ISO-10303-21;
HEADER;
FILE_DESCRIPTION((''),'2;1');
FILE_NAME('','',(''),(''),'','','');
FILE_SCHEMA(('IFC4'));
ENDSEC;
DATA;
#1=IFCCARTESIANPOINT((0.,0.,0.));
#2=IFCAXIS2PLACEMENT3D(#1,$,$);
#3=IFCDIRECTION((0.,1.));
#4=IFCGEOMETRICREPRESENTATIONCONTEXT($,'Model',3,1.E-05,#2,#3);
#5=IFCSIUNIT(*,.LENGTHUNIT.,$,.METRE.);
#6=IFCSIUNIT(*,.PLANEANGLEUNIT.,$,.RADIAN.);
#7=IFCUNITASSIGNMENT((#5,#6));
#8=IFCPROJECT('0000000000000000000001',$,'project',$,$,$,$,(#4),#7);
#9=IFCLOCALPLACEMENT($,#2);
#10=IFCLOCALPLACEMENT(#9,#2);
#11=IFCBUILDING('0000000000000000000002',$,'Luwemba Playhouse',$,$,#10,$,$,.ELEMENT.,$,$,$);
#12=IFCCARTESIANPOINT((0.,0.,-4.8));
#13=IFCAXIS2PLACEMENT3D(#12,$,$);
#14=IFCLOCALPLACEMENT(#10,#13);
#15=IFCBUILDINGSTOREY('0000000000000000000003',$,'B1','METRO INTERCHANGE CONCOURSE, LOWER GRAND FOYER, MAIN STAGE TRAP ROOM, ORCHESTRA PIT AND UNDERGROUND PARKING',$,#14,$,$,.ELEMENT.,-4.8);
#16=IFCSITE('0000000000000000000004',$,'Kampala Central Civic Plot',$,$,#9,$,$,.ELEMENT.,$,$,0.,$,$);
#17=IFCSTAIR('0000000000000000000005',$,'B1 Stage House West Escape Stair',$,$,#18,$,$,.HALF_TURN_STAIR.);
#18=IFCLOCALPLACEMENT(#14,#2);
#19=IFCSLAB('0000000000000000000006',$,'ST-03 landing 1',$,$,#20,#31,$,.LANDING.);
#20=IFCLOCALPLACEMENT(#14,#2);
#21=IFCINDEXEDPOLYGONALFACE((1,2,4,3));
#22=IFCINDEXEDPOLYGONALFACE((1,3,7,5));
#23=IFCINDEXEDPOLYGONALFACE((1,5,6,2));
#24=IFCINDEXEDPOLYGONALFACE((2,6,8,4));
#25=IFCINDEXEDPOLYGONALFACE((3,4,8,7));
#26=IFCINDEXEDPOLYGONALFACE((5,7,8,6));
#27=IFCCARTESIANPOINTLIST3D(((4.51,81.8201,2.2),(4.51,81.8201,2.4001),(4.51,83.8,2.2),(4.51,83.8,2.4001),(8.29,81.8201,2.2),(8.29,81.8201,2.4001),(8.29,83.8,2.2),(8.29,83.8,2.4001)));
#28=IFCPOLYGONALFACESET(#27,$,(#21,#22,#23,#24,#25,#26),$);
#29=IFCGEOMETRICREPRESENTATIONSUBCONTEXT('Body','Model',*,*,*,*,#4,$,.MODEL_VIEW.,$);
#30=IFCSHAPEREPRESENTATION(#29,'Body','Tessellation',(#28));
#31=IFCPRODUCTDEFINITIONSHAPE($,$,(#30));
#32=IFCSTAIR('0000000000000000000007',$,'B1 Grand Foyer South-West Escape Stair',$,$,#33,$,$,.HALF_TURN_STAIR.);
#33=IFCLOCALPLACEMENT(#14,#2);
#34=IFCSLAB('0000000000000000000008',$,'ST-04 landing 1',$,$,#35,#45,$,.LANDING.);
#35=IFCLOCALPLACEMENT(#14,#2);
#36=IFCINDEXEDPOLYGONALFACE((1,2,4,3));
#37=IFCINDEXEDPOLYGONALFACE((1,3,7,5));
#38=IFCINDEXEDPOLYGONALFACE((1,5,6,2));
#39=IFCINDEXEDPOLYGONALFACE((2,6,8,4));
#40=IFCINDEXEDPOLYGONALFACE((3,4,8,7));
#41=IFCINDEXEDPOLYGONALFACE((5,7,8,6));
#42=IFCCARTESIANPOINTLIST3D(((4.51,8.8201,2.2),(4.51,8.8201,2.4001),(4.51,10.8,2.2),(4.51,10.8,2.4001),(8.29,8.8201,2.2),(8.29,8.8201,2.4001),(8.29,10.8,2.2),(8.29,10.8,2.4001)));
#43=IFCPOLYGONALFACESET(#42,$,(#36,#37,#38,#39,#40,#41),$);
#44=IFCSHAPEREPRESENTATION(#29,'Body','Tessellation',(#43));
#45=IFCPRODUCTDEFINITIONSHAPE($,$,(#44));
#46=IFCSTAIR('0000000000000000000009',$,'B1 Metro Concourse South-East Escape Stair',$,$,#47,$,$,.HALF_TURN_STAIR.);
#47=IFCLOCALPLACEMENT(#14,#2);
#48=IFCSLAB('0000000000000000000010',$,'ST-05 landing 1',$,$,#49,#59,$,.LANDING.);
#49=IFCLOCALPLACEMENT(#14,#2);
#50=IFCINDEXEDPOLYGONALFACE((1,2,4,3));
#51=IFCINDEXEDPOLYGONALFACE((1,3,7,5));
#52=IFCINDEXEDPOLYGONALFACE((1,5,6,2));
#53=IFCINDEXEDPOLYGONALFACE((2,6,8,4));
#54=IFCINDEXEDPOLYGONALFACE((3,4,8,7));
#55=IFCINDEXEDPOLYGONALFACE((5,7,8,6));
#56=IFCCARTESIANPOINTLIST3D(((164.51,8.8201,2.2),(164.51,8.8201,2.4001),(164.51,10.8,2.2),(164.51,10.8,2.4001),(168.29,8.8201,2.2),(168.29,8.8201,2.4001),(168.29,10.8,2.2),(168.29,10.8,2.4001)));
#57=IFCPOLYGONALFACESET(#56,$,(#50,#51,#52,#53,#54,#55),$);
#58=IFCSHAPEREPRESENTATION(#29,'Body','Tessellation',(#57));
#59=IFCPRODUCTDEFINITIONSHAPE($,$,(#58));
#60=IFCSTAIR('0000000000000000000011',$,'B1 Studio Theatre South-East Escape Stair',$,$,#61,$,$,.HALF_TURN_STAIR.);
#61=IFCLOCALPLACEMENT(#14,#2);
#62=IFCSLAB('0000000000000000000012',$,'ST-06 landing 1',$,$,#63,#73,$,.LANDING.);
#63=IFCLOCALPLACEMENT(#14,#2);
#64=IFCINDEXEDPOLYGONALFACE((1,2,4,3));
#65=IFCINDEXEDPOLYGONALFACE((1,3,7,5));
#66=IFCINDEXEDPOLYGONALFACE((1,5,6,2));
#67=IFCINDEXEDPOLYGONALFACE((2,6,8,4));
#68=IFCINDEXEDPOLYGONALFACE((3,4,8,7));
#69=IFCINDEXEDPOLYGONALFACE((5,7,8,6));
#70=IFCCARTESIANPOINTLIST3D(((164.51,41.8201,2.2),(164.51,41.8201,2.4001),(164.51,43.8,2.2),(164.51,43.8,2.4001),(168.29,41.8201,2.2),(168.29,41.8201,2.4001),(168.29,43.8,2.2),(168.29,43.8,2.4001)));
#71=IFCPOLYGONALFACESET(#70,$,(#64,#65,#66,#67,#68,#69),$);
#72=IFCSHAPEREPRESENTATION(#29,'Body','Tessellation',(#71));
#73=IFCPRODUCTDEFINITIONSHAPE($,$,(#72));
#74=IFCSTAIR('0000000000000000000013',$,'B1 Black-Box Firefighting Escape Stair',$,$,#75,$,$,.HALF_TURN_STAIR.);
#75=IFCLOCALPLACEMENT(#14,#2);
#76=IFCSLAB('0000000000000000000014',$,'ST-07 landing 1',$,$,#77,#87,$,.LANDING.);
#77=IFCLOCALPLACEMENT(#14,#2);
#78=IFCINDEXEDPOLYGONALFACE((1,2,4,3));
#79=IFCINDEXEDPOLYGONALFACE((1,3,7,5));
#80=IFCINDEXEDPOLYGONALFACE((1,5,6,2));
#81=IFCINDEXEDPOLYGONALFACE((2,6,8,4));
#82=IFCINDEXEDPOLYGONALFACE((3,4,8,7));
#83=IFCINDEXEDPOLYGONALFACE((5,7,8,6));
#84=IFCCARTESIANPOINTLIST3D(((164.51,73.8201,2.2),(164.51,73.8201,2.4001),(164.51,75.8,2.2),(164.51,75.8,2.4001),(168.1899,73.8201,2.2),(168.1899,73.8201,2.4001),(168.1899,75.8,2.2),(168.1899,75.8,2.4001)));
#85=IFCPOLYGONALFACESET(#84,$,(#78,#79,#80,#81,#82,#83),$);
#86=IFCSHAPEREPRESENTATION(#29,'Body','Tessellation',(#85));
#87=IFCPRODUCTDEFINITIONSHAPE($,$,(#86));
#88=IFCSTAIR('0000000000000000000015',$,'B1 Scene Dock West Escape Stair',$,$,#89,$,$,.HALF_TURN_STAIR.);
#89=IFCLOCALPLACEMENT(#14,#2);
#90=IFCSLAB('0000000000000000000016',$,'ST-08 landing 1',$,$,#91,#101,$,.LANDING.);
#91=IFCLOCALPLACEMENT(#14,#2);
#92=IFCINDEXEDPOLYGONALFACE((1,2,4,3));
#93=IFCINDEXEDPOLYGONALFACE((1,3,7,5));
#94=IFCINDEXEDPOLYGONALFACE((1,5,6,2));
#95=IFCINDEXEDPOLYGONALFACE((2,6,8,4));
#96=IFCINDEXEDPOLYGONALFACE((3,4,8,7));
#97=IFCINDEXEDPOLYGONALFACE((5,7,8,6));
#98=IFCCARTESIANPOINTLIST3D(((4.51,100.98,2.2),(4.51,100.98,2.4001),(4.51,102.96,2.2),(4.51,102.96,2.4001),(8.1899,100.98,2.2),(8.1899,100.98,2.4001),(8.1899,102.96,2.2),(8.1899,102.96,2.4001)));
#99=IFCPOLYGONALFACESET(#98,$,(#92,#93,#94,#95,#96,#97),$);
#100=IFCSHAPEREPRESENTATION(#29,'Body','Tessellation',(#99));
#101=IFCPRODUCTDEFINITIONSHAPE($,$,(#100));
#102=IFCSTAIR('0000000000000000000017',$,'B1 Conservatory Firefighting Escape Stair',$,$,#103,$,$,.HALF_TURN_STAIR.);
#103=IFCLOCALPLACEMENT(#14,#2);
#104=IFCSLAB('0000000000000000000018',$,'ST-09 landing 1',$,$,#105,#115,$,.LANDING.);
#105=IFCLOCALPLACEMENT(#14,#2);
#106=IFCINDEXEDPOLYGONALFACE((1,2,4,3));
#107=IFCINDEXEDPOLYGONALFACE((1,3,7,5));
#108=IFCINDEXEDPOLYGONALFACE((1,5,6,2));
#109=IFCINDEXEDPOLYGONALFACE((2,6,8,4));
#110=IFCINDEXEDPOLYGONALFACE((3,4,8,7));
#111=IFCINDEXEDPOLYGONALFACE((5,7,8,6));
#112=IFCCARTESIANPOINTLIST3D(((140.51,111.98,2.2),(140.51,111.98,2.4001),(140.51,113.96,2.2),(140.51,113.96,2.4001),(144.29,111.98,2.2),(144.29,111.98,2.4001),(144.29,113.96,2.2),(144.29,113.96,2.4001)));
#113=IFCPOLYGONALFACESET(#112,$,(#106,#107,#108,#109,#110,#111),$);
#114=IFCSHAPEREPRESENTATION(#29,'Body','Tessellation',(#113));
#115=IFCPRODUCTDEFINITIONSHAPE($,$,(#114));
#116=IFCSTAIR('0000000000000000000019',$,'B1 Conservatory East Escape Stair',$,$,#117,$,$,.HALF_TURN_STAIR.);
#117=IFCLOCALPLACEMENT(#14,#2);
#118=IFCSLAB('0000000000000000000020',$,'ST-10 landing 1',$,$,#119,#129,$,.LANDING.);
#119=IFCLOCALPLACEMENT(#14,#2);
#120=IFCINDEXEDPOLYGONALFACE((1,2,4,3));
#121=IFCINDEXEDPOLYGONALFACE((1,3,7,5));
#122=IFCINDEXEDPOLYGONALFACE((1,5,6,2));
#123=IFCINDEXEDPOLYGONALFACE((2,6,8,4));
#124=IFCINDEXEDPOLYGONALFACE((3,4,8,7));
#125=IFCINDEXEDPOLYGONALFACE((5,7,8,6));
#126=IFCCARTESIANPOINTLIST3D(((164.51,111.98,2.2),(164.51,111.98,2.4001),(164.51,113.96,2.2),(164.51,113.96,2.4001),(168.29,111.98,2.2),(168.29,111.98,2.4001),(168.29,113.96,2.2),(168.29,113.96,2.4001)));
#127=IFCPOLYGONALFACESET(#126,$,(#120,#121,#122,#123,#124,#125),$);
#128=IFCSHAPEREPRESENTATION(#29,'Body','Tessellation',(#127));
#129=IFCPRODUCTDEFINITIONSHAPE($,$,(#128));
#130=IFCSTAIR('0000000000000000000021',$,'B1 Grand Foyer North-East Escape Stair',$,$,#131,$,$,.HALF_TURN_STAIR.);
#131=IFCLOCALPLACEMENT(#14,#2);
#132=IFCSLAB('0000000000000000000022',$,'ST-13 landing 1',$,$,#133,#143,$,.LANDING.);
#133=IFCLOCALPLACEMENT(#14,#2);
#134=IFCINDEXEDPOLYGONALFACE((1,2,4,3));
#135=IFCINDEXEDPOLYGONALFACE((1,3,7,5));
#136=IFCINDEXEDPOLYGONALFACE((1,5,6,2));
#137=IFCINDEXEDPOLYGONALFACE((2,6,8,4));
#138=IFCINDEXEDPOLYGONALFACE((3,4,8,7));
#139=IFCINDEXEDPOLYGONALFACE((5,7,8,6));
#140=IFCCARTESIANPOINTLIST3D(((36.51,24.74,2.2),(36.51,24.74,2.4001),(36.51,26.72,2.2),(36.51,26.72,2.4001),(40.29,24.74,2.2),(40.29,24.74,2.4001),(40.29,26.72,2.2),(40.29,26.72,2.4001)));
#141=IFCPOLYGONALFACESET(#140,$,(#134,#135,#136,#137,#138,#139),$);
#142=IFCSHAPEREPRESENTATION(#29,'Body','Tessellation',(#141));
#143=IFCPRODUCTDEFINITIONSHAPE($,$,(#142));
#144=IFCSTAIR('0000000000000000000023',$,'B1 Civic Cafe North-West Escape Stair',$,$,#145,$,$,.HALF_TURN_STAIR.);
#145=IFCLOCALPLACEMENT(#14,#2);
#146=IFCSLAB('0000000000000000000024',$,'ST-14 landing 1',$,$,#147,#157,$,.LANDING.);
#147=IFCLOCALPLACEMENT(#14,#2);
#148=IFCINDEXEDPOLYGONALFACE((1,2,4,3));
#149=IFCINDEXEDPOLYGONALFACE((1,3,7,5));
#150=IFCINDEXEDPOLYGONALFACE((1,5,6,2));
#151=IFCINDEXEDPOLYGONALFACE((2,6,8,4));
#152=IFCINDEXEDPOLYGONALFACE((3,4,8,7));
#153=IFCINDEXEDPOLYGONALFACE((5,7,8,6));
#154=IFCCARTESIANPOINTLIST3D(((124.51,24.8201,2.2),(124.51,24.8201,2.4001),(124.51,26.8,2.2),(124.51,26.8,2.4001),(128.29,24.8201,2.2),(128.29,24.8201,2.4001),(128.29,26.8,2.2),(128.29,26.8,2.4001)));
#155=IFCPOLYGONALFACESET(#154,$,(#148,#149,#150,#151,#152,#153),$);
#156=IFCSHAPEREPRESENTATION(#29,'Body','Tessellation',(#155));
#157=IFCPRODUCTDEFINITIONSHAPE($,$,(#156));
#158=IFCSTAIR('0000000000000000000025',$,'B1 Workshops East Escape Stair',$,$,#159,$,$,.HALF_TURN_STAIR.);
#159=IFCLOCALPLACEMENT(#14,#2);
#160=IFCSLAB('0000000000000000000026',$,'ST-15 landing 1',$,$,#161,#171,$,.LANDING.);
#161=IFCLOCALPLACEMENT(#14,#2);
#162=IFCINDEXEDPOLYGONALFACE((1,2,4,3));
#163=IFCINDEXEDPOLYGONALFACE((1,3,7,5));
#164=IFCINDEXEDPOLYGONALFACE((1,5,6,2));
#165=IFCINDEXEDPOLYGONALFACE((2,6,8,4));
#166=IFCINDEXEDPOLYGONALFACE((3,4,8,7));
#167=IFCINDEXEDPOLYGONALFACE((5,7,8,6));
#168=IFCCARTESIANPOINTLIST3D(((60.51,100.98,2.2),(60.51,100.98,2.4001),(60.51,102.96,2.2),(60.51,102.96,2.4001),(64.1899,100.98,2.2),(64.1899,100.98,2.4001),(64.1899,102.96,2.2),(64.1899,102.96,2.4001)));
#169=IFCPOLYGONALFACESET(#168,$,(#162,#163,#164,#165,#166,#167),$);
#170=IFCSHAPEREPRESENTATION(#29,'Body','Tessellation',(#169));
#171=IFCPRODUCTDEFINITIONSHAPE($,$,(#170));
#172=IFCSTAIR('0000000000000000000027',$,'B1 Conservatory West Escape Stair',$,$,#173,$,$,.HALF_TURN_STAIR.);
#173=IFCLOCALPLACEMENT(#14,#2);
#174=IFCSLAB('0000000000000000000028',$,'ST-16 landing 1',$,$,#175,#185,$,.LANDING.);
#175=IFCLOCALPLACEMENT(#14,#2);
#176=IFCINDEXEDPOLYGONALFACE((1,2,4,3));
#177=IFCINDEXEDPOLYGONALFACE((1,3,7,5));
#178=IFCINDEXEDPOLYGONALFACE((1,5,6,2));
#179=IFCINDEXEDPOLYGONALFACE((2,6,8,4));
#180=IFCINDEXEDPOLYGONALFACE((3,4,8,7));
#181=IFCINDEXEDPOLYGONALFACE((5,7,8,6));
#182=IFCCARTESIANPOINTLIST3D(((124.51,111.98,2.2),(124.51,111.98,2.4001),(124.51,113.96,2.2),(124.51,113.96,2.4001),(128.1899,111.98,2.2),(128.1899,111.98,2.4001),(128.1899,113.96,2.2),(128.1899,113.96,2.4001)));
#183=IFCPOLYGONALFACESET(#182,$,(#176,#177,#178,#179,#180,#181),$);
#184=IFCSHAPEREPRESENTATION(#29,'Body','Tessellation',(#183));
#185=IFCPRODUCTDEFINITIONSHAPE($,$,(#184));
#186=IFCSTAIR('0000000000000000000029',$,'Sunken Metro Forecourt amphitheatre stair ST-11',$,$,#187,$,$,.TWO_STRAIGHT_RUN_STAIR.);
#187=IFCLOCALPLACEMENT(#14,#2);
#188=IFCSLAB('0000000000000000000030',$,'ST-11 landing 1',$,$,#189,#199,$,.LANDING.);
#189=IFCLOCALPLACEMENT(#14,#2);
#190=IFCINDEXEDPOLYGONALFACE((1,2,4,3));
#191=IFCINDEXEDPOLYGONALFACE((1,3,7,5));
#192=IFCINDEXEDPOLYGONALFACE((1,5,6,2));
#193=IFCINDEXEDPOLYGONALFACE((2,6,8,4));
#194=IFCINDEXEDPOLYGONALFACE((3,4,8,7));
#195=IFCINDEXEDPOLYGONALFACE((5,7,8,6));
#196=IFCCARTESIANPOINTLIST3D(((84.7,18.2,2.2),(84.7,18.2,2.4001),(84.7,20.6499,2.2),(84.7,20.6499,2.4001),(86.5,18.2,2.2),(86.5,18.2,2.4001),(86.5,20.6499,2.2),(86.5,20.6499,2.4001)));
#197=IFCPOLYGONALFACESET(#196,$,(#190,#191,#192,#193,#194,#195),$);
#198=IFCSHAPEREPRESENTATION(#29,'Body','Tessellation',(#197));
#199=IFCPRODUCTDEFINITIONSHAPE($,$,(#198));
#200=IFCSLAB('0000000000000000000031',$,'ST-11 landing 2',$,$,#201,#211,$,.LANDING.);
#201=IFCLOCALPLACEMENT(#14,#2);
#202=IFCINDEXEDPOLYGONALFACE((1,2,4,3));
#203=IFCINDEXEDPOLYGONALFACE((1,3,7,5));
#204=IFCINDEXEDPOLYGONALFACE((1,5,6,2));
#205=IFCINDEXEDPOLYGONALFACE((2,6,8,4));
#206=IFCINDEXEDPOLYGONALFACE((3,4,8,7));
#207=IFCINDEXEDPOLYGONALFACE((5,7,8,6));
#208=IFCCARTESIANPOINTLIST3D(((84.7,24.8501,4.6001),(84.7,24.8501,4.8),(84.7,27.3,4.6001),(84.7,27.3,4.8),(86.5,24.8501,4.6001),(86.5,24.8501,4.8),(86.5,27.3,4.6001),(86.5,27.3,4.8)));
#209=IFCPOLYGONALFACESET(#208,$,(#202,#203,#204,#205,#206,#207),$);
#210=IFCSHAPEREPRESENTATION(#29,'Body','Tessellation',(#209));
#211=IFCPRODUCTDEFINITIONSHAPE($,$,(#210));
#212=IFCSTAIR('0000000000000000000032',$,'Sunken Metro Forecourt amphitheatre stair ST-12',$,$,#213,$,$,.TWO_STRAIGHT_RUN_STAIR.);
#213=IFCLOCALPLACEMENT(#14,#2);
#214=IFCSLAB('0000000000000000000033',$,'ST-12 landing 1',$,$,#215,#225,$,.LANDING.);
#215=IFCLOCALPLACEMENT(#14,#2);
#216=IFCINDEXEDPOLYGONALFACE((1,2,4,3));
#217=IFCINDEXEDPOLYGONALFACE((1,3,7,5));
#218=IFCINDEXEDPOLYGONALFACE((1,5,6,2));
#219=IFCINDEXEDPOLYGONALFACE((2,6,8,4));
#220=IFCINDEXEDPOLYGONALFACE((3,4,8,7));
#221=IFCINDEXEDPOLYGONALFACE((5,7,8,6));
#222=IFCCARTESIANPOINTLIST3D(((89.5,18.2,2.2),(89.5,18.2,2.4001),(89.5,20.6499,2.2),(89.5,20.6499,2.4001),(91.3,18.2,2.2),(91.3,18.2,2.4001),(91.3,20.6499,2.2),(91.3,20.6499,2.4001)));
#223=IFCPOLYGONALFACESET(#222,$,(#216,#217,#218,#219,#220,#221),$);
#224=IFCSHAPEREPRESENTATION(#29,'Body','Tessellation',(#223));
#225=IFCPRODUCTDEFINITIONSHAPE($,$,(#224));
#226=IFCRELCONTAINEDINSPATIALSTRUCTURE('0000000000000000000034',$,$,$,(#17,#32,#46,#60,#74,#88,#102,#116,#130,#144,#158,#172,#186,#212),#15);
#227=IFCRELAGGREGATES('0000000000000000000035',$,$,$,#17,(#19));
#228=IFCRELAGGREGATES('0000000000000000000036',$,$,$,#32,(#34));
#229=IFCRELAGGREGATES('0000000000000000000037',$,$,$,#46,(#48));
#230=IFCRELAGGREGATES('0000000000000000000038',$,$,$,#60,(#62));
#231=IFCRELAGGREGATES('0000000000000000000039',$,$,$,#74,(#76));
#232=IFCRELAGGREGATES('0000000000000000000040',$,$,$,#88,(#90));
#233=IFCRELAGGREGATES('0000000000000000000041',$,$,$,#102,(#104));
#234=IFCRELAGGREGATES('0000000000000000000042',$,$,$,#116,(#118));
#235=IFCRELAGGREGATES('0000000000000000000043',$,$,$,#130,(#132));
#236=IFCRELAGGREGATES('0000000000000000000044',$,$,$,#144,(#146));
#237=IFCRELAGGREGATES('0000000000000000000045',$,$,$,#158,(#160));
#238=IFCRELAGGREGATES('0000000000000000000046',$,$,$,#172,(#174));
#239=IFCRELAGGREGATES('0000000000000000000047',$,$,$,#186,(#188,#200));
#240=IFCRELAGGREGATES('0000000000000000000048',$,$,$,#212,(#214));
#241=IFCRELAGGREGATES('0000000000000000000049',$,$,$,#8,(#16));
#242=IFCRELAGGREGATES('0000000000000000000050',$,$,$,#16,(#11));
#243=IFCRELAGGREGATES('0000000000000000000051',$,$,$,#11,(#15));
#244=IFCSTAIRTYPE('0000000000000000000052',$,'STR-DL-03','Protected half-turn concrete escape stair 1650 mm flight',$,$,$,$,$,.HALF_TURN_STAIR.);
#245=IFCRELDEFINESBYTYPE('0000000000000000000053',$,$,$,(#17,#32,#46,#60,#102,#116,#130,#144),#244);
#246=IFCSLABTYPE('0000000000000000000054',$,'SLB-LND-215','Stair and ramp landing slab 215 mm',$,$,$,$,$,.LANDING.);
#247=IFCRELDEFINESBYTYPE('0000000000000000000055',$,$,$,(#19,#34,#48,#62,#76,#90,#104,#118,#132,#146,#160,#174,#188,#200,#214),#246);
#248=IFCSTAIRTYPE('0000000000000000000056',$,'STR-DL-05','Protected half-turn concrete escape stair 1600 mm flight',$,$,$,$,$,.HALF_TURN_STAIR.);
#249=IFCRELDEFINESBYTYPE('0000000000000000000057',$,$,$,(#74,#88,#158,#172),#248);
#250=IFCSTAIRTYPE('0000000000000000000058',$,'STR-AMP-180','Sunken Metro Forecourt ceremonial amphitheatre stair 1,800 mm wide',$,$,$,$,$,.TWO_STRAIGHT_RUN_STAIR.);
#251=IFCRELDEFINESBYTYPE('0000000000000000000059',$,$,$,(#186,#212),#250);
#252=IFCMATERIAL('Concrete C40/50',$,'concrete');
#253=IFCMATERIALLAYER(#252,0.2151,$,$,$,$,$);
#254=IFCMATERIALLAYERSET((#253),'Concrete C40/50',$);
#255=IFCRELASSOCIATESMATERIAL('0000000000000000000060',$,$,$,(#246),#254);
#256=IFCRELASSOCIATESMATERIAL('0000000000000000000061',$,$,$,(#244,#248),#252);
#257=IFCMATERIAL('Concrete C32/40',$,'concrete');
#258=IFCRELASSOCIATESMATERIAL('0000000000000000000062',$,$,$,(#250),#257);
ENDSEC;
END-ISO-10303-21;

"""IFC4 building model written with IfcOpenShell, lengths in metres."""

from ifc_helpers import new_model, si_unit, direction, frame, origin, place, context, subcontext, project, spatial, polyline, outline, extrude, material, layer, layer_set, type_object, element, aggregate, save


model = new_model("IFC4")

# Units and contexts
model_context = context("Model", 3, precision=1e-05, world=origin(), true_north=direction((0.0, 1.0)))
body_context = subcontext(model_context, "Body", "Model", "MODEL_VIEW")
ifc_project = project(units=[si_unit("LENGTHUNIT", "METRE"), si_unit("PLANEANGLEUNIT", "RADIAN")], contexts=[model_context])

# Site, building, storey
site_placement = place(None, origin())
site = spatial("IfcSite", under=ifc_project, at=site_placement, Name="Kampala Central Civic Plot", CompositionType="ELEMENT", RefElevation=0.0)
building_placement = place(site_placement, origin())
building = spatial("IfcBuilding", under=site, at=building_placement, Name="Luwemba Playhouse", CompositionType="ELEMENT")
storey_placement = place(building_placement, frame((0.0, 0.0, -4.8)))
storey = spatial("IfcBuildingStorey", under=building, at=storey_placement, Name="B1", Description="METRO INTERCHANGE CONCOURSE, LOWER GRAND FOYER, MAIN STAGE TRAP ROOM, ORCHESTRA PIT AND UNDERGROUND PARKING", CompositionType="ELEMENT", Elevation=-4.8)

# Shared definitions
ifc_material_1 = material(Name="Concrete C32/40", Category="concrete")

# Stairs, slabs
ifc_material_2 = material(Name="Concrete C40/50", Category="concrete")
ifc_layer_1 = layer(ifc_material_2, 0.2151)
ifc_layer_set_1 = layer_set([ifc_layer_1], Name="Concrete C40/50")
slab_type_1 = type_object("IfcSlabType", Name="SLB-LND-215", Description="Stair and ramp landing slab 215 mm", PredefinedType="LANDING", material=ifc_layer_set_1)
stair_type_1 = type_object("IfcStairType", Name="STR-DL-03", Description="Protected half-turn concrete escape stair 1650 mm flight", PredefinedType="HALF_TURN_STAIR", material=ifc_material_2)
stair_1_placement = place(storey_placement, origin())
stair_1 = element("IfcStair", 1, at=stair_1_placement, inside=storey, type_object=stair_type_1, Name="B1 Stage House West Escape Stair", PredefinedType="HALF_TURN_STAIR")
slab_1_placement = place(storey_placement, frame((0.0, 0.0, 2.2)))
slab_1 = element("IfcSlab", 2, at=slab_1_placement, type_object=slab_type_1, Name="ST-03 landing 1", PredefinedType="LANDING", context=body_context, shape_type="SweptSolid", body=[
    extrude(outline(polyline([(8.29, 81.8201), (4.51, 81.8201), (4.51, 83.8), (8.29, 83.8), (8.29, 81.8201)])), origin(), (0.0, 0.0, 1.0), 0.2002),
])
aggregate(stair_1, [slab_1])
stair_2_placement = place(storey_placement, origin())
stair_2 = element("IfcStair", 3, at=stair_2_placement, inside=storey, type_object=stair_type_1, Name="B1 Grand Foyer South-West Escape Stair", PredefinedType="HALF_TURN_STAIR")
slab_2_placement = place(storey_placement, frame((0.0, 0.0, 2.2)))
slab_2 = element("IfcSlab", 4, at=slab_2_placement, type_object=slab_type_1, Name="ST-04 landing 1", PredefinedType="LANDING", context=body_context, shape_type="SweptSolid", body=[
    extrude(outline(polyline([(8.29, 8.8201), (4.51, 8.8201), (4.51, 10.8), (8.29, 10.8), (8.29, 8.8201)])), origin(), (0.0, 0.0, 1.0), 0.2002),
])
aggregate(stair_2, [slab_2])
stair_3_placement = place(storey_placement, origin())
stair_3 = element("IfcStair", 5, at=stair_3_placement, inside=storey, type_object=stair_type_1, Name="B1 Metro Concourse South-East Escape Stair", PredefinedType="HALF_TURN_STAIR")
slab_3_placement = place(storey_placement, frame((0.0, 0.0, 2.2)))
slab_3 = element("IfcSlab", 6, at=slab_3_placement, type_object=slab_type_1, Name="ST-05 landing 1", PredefinedType="LANDING", context=body_context, shape_type="SweptSolid", body=[
    extrude(outline(polyline([(168.29, 8.8201), (164.51, 8.8201), (164.51, 10.8), (168.29, 10.8), (168.29, 8.8201)])), origin(), (0.0, 0.0, 1.0), 0.2002),
])
aggregate(stair_3, [slab_3])
stair_4_placement = place(storey_placement, origin())
stair_4 = element("IfcStair", 7, at=stair_4_placement, inside=storey, type_object=stair_type_1, Name="B1 Studio Theatre South-East Escape Stair", PredefinedType="HALF_TURN_STAIR")
slab_4_placement = place(storey_placement, frame((0.0, 0.0, 2.2)))
slab_4 = element("IfcSlab", 8, at=slab_4_placement, type_object=slab_type_1, Name="ST-06 landing 1", PredefinedType="LANDING", context=body_context, shape_type="SweptSolid", body=[
    extrude(outline(polyline([(168.29, 41.8201), (164.51, 41.8201), (164.51, 43.8), (168.29, 43.8), (168.29, 41.8201)])), origin(), (0.0, 0.0, 1.0), 0.2002),
])
aggregate(stair_4, [slab_4])
stair_type_2 = type_object("IfcStairType", Name="STR-DL-05", Description="Protected half-turn concrete escape stair 1600 mm flight", PredefinedType="HALF_TURN_STAIR", material=ifc_material_2)
stair_5_placement = place(storey_placement, origin())
stair_5 = element("IfcStair", 9, at=stair_5_placement, inside=storey, type_object=stair_type_2, Name="B1 Black-Box Firefighting Escape Stair", PredefinedType="HALF_TURN_STAIR")
slab_5_placement = place(storey_placement, frame((0.0, 0.0, 2.2)))
slab_5 = element("IfcSlab", 10, at=slab_5_placement, type_object=slab_type_1, Name="ST-07 landing 1", PredefinedType="LANDING", context=body_context, shape_type="SweptSolid", body=[
    extrude(outline(polyline([(168.1899, 73.8201), (164.51, 73.8201), (164.51, 75.8), (168.1899, 75.8), (168.1899, 73.8201)])), origin(), (0.0, 0.0, 1.0), 0.2002),
])
aggregate(stair_5, [slab_5])
stair_6_placement = place(storey_placement, origin())
stair_6 = element("IfcStair", 11, at=stair_6_placement, inside=storey, type_object=stair_type_2, Name="B1 Scene Dock West Escape Stair", PredefinedType="HALF_TURN_STAIR")
slab_6_placement = place(storey_placement, frame((0.0, 0.0, 2.2)))
slab_6 = element("IfcSlab", 12, at=slab_6_placement, type_object=slab_type_1, Name="ST-08 landing 1", PredefinedType="LANDING", context=body_context, shape_type="SweptSolid", body=[
    extrude(outline(polyline([(8.1899, 100.98), (4.51, 100.98), (4.51, 102.96), (8.1899, 102.96), (8.1899, 100.98)])), origin(), (0.0, 0.0, 1.0), 0.2002),
])
aggregate(stair_6, [slab_6])
stair_7_placement = place(storey_placement, origin())
stair_7 = element("IfcStair", 13, at=stair_7_placement, inside=storey, type_object=stair_type_1, Name="B1 Conservatory Firefighting Escape Stair", PredefinedType="HALF_TURN_STAIR")
slab_7_placement = place(storey_placement, frame((0.0, 0.0, 2.2)))
slab_7 = element("IfcSlab", 14, at=slab_7_placement, type_object=slab_type_1, Name="ST-09 landing 1", PredefinedType="LANDING", context=body_context, shape_type="SweptSolid", body=[
    extrude(outline(polyline([(144.29, 111.98), (140.51, 111.98), (140.51, 113.96), (144.29, 113.96), (144.29, 111.98)])), origin(), (0.0, 0.0, 1.0), 0.2002),
])
aggregate(stair_7, [slab_7])
stair_8_placement = place(storey_placement, origin())
stair_8 = element("IfcStair", 15, at=stair_8_placement, inside=storey, type_object=stair_type_1, Name="B1 Conservatory East Escape Stair", PredefinedType="HALF_TURN_STAIR")
slab_8_placement = place(storey_placement, frame((0.0, 0.0, 2.2)))
slab_8 = element("IfcSlab", 16, at=slab_8_placement, type_object=slab_type_1, Name="ST-10 landing 1", PredefinedType="LANDING", context=body_context, shape_type="SweptSolid", body=[
    extrude(outline(polyline([(168.29, 111.98), (164.51, 111.98), (164.51, 113.96), (168.29, 113.96), (168.29, 111.98)])), origin(), (0.0, 0.0, 1.0), 0.2002),
])
aggregate(stair_8, [slab_8])
stair_9_placement = place(storey_placement, origin())
stair_9 = element("IfcStair", 17, at=stair_9_placement, inside=storey, type_object=stair_type_1, Name="B1 Grand Foyer North-East Escape Stair", PredefinedType="HALF_TURN_STAIR")
slab_9_placement = place(storey_placement, frame((0.0, 0.0, 2.2)))
slab_9 = element("IfcSlab", 18, at=slab_9_placement, type_object=slab_type_1, Name="ST-13 landing 1", PredefinedType="LANDING", context=body_context, shape_type="SweptSolid", body=[
    extrude(outline(polyline([(40.29, 24.74), (36.51, 24.74), (36.51, 26.72), (40.29, 26.72), (40.29, 24.74)])), origin(), (0.0, 0.0, 1.0), 0.2002),
])
aggregate(stair_9, [slab_9])
stair_10_placement = place(storey_placement, origin())
stair_10 = element("IfcStair", 19, at=stair_10_placement, inside=storey, type_object=stair_type_1, Name="B1 Civic Cafe North-West Escape Stair", PredefinedType="HALF_TURN_STAIR")
slab_10_placement = place(storey_placement, frame((0.0, 0.0, 2.2)))
slab_10 = element("IfcSlab", 20, at=slab_10_placement, type_object=slab_type_1, Name="ST-14 landing 1", PredefinedType="LANDING", context=body_context, shape_type="SweptSolid", body=[
    extrude(outline(polyline([(128.29, 24.8201), (124.51, 24.8201), (124.51, 26.8), (128.29, 26.8), (128.29, 24.8201)])), origin(), (0.0, 0.0, 1.0), 0.2002),
])
aggregate(stair_10, [slab_10])
stair_11_placement = place(storey_placement, origin())
stair_11 = element("IfcStair", 21, at=stair_11_placement, inside=storey, type_object=stair_type_2, Name="B1 Workshops East Escape Stair", PredefinedType="HALF_TURN_STAIR")
slab_11_placement = place(storey_placement, frame((0.0, 0.0, 2.2)))
slab_11 = element("IfcSlab", 22, at=slab_11_placement, type_object=slab_type_1, Name="ST-15 landing 1", PredefinedType="LANDING", context=body_context, shape_type="SweptSolid", body=[
    extrude(outline(polyline([(64.1899, 100.98), (60.51, 100.98), (60.51, 102.96), (64.1899, 102.96), (64.1899, 100.98)])), origin(), (0.0, 0.0, 1.0), 0.2002),
])
aggregate(stair_11, [slab_11])
stair_12_placement = place(storey_placement, origin())
stair_12 = element("IfcStair", 23, at=stair_12_placement, inside=storey, type_object=stair_type_2, Name="B1 Conservatory West Escape Stair", PredefinedType="HALF_TURN_STAIR")
slab_12_placement = place(storey_placement, frame((0.0, 0.0, 2.2)))
slab_12 = element("IfcSlab", 24, at=slab_12_placement, type_object=slab_type_1, Name="ST-16 landing 1", PredefinedType="LANDING", context=body_context, shape_type="SweptSolid", body=[
    extrude(outline(polyline([(128.1899, 111.98), (124.51, 111.98), (124.51, 113.96), (128.1899, 113.96), (128.1899, 111.98)])), origin(), (0.0, 0.0, 1.0), 0.2002),
])
aggregate(stair_12, [slab_12])

# Stairs, slabs
stair_type_3 = type_object("IfcStairType", Name="STR-AMP-180", Description="Sunken Metro Forecourt ceremonial amphitheatre stair 1,800 mm wide", PredefinedType="TWO_STRAIGHT_RUN_STAIR", material=ifc_material_1)
stair_13_placement = place(storey_placement, origin())
stair_13 = element("IfcStair", 25, at=stair_13_placement, inside=storey, type_object=stair_type_3, Name="Sunken Metro Forecourt amphitheatre stair ST-11", PredefinedType="TWO_STRAIGHT_RUN_STAIR")
slab_13_placement = place(storey_placement, frame((0.0, 0.0, 2.2)))
slab_13 = element("IfcSlab", 26, at=slab_13_placement, type_object=slab_type_1, Name="ST-11 landing 1", PredefinedType="LANDING", context=body_context, shape_type="SweptSolid", body=[
    extrude(outline(polyline([(84.7, 18.2), (86.5, 18.2), (86.5, 20.6499), (84.7, 20.6499), (84.7, 18.2)])), origin(), (0.0, 0.0, 1.0), 0.2002),
])
slab_14_placement = place(storey_placement, frame((0.0, 0.0, 4.6001)))
slab_14 = element("IfcSlab", 27, at=slab_14_placement, type_object=slab_type_1, Name="ST-11 landing 2", PredefinedType="LANDING", context=body_context, shape_type="SweptSolid", body=[
    extrude(outline(polyline([(84.7, 24.8501), (86.5, 24.8501), (86.5, 27.3), (84.7, 27.3), (84.7, 24.8501)])), origin(), (0.0, 0.0, 1.0), 0.2),
])
aggregate(stair_13, [slab_13, slab_14])
stair_14_placement = place(storey_placement, origin())
stair_14 = element("IfcStair", 28, at=stair_14_placement, inside=storey, type_object=stair_type_3, Name="Sunken Metro Forecourt amphitheatre stair ST-12", PredefinedType="TWO_STRAIGHT_RUN_STAIR")
slab_15_placement = place(storey_placement, frame((0.0, 0.0, 2.2)))
slab_15 = element("IfcSlab", 29, at=slab_15_placement, type_object=slab_type_1, Name="ST-12 landing 1", PredefinedType="LANDING", context=body_context, shape_type="SweptSolid", body=[
    extrude(outline(polyline([(89.5, 18.2), (91.3, 18.2), (91.3, 20.6499), (89.5, 20.6499), (89.5, 18.2)])), origin(), (0.0, 0.0, 1.0), 0.2002),
])
aggregate(stair_14, [slab_15])

save(model, "model.ifc")
